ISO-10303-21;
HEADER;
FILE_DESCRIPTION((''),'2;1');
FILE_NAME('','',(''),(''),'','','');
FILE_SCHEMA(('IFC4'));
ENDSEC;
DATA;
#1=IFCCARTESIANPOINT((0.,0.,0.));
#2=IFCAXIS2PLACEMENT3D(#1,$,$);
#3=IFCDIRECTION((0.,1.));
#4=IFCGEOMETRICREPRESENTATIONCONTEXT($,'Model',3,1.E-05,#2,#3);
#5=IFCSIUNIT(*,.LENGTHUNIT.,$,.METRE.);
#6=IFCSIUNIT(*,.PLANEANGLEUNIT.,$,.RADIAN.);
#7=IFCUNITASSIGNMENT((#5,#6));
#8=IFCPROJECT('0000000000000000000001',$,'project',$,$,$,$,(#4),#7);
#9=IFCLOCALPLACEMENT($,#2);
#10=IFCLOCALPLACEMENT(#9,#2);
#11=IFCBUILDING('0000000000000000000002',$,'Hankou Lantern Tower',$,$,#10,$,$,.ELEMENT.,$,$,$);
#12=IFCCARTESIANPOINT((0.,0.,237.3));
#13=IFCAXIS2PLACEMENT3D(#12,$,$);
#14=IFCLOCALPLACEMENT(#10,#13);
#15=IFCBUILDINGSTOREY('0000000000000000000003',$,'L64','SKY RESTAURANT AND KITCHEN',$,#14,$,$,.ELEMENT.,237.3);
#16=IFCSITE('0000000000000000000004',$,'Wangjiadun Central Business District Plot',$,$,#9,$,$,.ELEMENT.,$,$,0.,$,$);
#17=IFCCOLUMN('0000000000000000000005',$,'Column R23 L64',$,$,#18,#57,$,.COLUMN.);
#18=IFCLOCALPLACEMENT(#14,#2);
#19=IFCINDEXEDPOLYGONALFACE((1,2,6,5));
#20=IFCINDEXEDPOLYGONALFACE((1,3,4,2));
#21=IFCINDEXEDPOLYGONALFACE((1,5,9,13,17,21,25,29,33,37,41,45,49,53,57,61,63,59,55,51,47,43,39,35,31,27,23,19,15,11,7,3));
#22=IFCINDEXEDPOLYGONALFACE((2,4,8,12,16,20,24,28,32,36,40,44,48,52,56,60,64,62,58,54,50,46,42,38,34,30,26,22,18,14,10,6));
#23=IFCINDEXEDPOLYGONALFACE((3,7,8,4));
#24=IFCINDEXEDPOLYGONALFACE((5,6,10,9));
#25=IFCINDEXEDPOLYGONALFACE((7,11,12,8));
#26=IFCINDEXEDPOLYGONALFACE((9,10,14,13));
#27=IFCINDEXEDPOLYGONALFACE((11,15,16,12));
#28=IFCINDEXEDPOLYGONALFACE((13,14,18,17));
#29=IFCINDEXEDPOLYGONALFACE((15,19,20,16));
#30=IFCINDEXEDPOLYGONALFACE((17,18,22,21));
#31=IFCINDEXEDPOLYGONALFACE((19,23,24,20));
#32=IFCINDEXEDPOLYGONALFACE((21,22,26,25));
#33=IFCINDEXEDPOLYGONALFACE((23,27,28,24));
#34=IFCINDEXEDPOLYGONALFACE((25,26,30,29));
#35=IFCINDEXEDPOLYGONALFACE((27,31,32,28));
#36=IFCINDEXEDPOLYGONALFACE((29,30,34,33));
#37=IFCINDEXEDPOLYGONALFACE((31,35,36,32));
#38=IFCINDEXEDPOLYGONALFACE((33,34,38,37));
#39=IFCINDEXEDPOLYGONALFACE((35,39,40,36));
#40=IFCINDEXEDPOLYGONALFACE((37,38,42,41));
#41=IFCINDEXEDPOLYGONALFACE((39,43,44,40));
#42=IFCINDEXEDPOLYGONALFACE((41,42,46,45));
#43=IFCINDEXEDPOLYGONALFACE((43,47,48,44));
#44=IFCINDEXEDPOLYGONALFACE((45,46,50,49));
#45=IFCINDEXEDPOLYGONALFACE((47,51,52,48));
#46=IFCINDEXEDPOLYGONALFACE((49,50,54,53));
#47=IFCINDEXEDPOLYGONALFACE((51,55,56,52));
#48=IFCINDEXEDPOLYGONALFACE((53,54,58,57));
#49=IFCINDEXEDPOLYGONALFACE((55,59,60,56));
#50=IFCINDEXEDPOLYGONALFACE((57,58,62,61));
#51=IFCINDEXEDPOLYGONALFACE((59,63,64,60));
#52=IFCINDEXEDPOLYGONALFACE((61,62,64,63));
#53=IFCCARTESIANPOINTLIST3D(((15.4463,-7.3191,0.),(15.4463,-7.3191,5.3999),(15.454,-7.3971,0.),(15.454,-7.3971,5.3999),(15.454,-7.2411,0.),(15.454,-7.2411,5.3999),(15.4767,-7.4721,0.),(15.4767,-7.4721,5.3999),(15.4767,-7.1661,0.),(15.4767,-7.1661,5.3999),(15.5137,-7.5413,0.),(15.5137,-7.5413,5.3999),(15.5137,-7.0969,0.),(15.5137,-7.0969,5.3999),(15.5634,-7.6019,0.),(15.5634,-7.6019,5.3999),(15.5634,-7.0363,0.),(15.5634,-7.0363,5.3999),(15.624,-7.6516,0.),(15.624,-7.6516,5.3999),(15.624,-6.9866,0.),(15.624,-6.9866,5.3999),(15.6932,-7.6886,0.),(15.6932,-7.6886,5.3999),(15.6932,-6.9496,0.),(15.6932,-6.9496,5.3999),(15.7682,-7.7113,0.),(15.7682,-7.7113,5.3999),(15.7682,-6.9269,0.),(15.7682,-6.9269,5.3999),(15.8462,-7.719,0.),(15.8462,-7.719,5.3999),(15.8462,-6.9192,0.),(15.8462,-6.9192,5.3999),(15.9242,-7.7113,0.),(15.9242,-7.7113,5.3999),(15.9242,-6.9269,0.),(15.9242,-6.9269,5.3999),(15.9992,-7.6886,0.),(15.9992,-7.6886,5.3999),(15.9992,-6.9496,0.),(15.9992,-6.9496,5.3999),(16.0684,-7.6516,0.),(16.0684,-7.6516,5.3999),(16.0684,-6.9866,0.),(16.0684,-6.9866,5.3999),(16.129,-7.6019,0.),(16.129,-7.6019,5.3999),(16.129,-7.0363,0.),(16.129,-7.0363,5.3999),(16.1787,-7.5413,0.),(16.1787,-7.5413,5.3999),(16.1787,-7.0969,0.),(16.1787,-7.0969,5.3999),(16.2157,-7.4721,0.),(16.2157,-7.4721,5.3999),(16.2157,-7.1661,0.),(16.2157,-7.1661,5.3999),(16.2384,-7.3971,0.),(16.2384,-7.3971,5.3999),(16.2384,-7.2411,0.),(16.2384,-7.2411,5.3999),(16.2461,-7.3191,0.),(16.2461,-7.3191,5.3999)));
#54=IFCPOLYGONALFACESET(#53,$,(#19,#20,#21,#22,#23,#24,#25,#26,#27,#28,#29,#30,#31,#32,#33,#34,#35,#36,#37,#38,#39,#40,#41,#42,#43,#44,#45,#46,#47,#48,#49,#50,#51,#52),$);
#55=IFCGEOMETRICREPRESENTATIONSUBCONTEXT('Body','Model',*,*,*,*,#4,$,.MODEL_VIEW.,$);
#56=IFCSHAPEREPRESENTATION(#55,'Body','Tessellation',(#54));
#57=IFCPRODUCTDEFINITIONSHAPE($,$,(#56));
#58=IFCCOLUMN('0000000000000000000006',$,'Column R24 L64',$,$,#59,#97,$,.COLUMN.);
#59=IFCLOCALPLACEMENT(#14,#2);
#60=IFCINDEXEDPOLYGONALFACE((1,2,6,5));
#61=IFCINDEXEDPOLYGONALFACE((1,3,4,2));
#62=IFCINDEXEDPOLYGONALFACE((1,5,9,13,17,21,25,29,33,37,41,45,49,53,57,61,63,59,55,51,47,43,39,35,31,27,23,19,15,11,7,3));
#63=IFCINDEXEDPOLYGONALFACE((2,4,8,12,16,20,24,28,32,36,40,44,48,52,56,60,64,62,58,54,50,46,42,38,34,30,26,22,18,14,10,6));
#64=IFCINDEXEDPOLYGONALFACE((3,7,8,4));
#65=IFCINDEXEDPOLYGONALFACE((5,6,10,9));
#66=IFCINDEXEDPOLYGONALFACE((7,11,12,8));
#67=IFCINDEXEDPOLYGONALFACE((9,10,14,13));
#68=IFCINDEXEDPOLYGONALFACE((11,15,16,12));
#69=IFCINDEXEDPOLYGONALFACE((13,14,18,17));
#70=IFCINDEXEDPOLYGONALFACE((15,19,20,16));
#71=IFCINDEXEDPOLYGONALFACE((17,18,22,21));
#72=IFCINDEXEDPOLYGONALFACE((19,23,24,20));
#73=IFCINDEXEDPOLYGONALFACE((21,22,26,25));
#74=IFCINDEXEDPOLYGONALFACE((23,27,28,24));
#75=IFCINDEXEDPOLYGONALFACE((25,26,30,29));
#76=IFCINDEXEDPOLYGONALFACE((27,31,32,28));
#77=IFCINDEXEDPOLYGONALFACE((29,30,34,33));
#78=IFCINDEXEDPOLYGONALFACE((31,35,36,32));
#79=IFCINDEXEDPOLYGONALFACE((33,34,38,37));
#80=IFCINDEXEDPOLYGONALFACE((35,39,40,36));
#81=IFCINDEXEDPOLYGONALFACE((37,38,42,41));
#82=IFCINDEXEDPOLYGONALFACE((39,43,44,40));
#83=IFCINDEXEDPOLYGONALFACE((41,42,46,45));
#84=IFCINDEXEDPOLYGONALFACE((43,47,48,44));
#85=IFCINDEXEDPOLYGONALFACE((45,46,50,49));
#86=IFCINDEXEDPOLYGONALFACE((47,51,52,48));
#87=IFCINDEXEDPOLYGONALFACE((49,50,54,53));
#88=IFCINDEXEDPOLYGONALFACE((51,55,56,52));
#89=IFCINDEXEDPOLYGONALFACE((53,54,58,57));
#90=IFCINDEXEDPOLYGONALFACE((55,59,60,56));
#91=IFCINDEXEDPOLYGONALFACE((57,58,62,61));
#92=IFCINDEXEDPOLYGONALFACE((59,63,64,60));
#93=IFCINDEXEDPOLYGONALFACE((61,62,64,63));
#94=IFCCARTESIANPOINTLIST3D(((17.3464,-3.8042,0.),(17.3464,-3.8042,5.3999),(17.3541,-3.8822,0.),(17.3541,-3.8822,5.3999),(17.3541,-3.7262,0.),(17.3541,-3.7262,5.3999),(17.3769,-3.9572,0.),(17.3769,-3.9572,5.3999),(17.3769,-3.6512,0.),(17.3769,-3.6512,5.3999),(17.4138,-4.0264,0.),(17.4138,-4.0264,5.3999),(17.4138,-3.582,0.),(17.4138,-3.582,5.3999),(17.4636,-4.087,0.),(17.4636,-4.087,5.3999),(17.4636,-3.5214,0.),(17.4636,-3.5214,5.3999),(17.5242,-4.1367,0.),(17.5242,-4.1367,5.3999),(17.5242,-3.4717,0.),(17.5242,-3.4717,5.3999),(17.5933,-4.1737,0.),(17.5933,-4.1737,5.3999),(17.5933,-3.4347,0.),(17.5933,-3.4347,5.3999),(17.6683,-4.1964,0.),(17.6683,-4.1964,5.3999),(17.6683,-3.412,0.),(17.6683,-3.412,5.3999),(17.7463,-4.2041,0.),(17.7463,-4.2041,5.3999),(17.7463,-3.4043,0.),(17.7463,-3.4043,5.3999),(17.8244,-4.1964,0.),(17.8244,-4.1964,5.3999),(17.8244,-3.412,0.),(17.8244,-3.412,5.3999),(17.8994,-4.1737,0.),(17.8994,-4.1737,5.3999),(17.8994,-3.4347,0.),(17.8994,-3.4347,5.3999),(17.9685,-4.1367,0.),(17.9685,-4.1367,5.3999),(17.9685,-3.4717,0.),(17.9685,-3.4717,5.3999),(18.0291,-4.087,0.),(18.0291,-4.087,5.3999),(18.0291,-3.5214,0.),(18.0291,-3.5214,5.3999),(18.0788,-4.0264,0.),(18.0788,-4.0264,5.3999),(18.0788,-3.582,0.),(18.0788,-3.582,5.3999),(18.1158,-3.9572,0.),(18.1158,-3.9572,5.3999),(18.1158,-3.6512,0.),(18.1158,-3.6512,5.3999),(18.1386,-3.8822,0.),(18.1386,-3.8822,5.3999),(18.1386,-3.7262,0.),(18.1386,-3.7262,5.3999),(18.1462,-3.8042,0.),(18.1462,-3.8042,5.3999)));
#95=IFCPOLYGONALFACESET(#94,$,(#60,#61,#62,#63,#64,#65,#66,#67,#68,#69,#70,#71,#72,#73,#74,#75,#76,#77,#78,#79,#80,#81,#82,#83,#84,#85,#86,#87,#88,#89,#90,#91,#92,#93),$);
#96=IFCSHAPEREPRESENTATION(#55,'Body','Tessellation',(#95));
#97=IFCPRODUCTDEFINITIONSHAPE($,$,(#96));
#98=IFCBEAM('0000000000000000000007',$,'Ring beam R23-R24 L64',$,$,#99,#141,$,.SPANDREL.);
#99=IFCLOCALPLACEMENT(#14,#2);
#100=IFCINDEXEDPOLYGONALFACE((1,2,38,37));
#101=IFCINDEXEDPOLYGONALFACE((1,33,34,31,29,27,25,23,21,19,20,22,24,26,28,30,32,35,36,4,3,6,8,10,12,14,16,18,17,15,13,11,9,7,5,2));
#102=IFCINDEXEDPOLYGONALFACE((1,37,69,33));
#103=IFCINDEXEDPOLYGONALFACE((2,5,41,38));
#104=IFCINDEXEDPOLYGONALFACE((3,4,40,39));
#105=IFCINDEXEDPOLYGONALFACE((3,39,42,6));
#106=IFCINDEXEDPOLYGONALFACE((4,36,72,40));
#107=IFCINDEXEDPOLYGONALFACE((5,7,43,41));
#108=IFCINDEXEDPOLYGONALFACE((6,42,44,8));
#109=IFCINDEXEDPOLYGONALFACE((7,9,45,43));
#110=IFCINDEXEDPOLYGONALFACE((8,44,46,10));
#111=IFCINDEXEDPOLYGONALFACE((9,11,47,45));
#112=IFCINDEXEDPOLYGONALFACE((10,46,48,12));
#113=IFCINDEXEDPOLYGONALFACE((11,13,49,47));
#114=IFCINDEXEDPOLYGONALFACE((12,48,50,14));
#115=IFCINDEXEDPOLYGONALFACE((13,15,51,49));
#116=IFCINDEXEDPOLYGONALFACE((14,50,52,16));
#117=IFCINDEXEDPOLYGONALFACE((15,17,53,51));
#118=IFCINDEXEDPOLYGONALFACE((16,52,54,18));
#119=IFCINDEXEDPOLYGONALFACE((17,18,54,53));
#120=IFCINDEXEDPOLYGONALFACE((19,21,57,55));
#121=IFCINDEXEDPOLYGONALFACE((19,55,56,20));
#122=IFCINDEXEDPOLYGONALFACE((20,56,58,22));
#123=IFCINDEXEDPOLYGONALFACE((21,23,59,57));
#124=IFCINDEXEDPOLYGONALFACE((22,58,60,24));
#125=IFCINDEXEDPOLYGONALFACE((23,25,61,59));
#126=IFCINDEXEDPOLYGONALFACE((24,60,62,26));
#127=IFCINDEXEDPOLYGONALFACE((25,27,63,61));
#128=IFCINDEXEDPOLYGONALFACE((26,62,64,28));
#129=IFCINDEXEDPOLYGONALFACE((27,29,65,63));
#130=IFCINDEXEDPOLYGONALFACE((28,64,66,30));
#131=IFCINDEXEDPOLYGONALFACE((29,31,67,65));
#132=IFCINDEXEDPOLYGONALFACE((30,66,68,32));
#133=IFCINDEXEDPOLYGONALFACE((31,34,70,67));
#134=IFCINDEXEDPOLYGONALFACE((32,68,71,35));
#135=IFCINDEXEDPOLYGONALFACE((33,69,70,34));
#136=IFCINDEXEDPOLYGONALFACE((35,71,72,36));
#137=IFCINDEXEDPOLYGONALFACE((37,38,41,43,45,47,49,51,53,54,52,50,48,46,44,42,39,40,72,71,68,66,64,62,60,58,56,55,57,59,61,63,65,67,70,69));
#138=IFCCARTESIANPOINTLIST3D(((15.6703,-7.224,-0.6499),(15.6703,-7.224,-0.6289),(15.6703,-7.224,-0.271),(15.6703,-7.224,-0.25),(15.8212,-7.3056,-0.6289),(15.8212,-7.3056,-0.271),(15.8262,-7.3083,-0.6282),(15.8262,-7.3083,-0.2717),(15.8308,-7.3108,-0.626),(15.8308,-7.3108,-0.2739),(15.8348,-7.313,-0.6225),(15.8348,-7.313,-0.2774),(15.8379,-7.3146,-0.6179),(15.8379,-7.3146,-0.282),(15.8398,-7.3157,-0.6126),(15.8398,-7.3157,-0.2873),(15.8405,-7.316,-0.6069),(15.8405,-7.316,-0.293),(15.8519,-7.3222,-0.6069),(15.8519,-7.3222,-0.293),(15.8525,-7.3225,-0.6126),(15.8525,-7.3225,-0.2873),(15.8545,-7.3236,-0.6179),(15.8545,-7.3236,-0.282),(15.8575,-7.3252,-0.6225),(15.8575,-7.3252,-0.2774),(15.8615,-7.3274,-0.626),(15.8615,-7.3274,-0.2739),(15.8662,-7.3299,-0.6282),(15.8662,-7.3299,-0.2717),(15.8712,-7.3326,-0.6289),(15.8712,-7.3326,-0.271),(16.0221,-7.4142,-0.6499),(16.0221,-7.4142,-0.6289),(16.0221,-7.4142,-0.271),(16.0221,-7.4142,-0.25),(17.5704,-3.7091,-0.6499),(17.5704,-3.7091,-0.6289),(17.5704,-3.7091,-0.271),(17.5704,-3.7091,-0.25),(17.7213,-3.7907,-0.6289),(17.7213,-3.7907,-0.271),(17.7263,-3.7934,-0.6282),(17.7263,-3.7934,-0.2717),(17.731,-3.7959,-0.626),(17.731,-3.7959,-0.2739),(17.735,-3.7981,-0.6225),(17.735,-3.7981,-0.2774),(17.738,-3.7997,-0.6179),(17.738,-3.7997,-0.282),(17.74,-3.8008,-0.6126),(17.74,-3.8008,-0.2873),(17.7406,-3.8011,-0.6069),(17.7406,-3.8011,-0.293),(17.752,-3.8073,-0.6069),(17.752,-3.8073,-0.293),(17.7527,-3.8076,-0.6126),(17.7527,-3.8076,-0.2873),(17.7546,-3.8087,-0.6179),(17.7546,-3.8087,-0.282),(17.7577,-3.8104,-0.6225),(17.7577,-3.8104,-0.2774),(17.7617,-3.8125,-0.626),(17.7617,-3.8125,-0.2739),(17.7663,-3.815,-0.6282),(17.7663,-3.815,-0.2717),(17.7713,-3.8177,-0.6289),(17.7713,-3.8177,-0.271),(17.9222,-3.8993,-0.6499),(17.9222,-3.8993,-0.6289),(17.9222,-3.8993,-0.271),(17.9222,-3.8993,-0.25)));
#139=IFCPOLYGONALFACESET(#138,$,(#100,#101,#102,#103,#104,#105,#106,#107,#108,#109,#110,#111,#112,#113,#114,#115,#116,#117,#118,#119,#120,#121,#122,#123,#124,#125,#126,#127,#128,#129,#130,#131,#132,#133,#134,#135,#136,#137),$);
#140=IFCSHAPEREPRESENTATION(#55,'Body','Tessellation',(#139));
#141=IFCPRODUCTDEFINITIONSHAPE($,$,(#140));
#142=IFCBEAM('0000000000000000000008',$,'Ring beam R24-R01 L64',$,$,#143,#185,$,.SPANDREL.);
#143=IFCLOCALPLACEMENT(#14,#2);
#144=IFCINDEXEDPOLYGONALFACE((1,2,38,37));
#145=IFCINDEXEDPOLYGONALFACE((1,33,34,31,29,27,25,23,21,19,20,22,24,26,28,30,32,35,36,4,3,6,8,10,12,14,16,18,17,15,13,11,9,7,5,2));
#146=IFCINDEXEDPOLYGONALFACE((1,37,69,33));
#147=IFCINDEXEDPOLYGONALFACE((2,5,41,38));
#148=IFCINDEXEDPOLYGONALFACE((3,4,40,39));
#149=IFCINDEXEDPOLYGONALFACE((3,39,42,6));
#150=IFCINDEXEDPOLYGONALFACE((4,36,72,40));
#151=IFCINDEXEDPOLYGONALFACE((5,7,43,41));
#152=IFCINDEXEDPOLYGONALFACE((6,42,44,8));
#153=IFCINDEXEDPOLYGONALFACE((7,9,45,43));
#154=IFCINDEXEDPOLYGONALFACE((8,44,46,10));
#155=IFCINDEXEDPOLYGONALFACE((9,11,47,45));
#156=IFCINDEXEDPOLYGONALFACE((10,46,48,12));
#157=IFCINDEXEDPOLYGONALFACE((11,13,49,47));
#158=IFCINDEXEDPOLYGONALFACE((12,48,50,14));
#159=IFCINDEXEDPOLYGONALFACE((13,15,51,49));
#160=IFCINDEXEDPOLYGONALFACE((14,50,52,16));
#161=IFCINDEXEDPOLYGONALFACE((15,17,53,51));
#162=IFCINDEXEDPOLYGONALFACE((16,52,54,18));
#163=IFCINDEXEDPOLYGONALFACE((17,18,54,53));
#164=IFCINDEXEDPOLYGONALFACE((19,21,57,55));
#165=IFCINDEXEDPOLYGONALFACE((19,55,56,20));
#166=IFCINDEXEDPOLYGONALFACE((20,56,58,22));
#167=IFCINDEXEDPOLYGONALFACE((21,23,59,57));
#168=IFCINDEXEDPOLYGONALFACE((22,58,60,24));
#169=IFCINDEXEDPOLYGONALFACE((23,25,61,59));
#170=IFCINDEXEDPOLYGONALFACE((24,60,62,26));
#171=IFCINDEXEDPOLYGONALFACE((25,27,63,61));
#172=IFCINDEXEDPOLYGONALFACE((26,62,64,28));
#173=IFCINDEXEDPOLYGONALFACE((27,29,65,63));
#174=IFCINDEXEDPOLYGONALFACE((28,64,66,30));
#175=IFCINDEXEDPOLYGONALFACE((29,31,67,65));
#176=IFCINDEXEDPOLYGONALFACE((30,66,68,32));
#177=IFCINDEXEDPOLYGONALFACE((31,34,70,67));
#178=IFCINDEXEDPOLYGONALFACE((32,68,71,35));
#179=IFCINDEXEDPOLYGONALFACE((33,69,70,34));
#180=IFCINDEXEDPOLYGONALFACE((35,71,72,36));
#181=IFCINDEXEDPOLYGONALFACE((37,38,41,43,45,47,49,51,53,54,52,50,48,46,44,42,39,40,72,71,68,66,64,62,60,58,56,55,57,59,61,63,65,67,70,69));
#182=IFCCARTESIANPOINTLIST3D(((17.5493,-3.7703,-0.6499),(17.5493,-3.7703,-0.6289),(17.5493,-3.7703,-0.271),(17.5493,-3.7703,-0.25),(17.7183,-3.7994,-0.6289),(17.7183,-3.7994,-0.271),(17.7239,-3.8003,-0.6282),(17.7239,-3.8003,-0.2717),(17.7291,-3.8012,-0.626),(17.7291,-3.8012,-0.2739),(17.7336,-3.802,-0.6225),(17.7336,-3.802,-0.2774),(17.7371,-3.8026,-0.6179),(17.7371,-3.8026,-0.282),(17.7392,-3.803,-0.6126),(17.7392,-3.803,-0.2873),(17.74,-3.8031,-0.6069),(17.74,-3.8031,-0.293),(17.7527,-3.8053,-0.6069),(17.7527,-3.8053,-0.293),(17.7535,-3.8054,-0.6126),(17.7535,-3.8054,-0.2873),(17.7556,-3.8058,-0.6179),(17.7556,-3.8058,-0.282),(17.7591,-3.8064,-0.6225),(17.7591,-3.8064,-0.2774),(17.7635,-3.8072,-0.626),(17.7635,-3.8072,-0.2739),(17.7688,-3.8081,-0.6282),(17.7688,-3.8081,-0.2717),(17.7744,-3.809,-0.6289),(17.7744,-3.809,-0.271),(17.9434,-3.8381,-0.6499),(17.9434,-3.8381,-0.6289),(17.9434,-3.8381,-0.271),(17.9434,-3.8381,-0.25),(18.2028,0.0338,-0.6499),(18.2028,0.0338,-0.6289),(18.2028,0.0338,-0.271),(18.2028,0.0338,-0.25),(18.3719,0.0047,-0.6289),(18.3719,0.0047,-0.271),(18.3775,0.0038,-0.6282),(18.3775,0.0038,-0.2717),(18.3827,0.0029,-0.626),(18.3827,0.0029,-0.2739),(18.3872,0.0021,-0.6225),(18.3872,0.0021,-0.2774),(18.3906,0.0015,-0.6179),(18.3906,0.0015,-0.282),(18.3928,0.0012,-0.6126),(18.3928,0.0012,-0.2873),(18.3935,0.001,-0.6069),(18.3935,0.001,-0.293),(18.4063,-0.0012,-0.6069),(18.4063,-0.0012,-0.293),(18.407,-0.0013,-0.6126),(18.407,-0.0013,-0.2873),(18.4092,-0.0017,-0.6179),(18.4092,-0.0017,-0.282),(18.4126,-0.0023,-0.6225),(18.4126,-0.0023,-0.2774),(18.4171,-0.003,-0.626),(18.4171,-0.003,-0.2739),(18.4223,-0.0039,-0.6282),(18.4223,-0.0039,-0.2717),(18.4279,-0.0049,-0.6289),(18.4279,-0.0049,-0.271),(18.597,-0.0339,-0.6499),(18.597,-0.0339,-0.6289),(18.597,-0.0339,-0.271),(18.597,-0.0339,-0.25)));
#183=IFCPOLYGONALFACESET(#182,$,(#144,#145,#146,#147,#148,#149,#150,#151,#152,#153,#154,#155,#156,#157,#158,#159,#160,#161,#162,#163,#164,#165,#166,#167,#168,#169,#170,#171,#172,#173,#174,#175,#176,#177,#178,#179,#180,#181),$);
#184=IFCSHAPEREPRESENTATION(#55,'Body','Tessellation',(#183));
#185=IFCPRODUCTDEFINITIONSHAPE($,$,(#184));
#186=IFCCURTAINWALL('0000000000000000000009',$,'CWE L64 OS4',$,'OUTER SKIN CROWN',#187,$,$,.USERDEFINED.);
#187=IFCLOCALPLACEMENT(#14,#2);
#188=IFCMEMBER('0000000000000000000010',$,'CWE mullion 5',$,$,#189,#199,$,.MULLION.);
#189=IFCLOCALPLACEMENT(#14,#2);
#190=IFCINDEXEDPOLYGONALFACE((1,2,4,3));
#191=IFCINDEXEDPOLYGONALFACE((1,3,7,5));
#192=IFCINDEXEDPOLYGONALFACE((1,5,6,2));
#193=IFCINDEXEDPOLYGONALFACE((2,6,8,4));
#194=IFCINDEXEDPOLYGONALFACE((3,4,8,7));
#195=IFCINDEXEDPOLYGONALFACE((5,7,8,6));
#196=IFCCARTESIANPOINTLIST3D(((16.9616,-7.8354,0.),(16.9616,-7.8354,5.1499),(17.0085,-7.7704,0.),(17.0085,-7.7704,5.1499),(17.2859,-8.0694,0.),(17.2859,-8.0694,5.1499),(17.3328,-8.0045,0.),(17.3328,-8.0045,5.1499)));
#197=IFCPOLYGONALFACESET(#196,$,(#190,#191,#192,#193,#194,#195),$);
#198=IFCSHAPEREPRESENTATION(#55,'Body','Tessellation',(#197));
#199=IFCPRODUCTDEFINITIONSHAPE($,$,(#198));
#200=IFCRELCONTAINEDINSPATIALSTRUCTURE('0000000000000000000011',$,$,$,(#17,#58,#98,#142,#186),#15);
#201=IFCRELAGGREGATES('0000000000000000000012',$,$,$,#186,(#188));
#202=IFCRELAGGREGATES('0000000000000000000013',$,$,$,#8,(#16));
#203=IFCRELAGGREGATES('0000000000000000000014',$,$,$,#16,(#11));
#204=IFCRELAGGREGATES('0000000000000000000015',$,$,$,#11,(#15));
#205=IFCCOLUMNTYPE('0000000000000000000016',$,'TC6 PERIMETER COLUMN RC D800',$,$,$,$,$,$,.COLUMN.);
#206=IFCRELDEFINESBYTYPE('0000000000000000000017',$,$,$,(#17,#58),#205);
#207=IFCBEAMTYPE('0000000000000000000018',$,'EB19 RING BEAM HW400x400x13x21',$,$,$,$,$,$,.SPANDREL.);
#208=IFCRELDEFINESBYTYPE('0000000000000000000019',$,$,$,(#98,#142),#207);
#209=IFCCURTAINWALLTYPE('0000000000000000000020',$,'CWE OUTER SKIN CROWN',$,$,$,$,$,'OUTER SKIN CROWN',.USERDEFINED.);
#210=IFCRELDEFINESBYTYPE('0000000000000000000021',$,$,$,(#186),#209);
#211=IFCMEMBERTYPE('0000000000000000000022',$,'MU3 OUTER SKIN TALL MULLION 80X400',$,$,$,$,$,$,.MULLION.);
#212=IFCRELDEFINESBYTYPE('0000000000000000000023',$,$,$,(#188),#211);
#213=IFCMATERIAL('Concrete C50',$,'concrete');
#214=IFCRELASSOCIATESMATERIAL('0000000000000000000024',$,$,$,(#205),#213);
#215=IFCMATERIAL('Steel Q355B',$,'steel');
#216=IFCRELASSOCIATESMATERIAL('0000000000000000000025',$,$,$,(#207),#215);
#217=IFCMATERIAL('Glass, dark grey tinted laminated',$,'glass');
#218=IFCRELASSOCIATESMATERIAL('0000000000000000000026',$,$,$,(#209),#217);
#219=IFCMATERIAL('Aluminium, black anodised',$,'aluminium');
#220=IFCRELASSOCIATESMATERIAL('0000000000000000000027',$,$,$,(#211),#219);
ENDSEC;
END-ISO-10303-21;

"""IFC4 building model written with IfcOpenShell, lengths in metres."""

from ifc_helpers import new_model, si_unit, direction, frame, origin, origin_2d, place, context, subcontext, project, spatial, rectangle, circle, i_section, extrude, material, material_profile, profile_set, type_object, element, aggregate, save


model = new_model("IFC4")

# Units and contexts
model_context = context("Model", 3, precision=1e-05, world=origin(), true_north=direction((0.0, 1.0)))
body_context = subcontext(model_context, "Body", "Model", "MODEL_VIEW")
ifc_project = project(units=[si_unit("LENGTHUNIT", "METRE"), si_unit("PLANEANGLEUNIT", "RADIAN")], contexts=[model_context])

# Site, building, storey
site_placement = place(None, origin())
site = spatial("IfcSite", under=ifc_project, at=site_placement, Name="Wangjiadun Central Business District Plot", CompositionType="ELEMENT", RefElevation=0.0)
building_placement = place(site_placement, origin())
building = spatial("IfcBuilding", under=site, at=building_placement, Name="Hankou Lantern Tower", CompositionType="ELEMENT")
storey_placement = place(building_placement, frame((0.0, 0.0, 237.3)))
storey = spatial("IfcBuildingStorey", under=building, at=storey_placement, Name="L64", Description="SKY RESTAURANT AND KITCHEN", CompositionType="ELEMENT", Elevation=237.3)

# Columns
ifc_material_1 = material(Name="Concrete C50", Category="concrete")
ifc_material_profile_1 = material_profile(ifc_material_1, circle(Radius=0.3999, at=origin_2d()), Name="RC D800")
ifc_profile_set_1 = profile_set([ifc_material_profile_1], Name="Concrete C50")
column_type = type_object("IfcColumnType", Name="TC6 PERIMETER COLUMN RC D800", PredefinedType="COLUMN", material=ifc_profile_set_1)
for number, where, z_axis, x_axis, name in (
    (1, (15.8462, -7.3191, 0.0), (0.0, 0.0, 1.0), (1.0, 0.0, 0.0), "Column R23 L64"),
    (2, (17.7463, -3.8042, 0.0), (0.0, 0.0, 1.0), (1.0, 0.0, 0.0), "Column R24 L64"),
):
    element("IfcColumn", number, at=place(storey_placement, frame(where, z_axis=z_axis, x_axis=x_axis)), inside=storey, type_object=column_type, Name=name, PredefinedType="COLUMN", context=body_context, shape_type="SweptSolid", body=[
        extrude(circle(Radius=0.3999, at=origin_2d()), origin(), (0.0, 0.0, 1.0), 5.3999),
    ])

# Beams
ifc_material_2 = material(Name="Steel Q355B", Category="steel")
ifc_material_profile_2 = material_profile(ifc_material_2, i_section(OverallWidth=0.3999, OverallDepth=0.3999, WebThickness=0.0129, FlangeThickness=0.021, FilletRadius=0.022, at=origin_2d()), Name="HW400x400x13x21")
ifc_profile_set_2 = profile_set([ifc_material_profile_2], Name="Steel Q355B")
beam_type_1 = type_object("IfcBeamType", Name="EB19 RING BEAM HW400x400x13x21", PredefinedType="SPANDREL", material=ifc_profile_set_2)
beam_1_placement = place(storey_placement, frame((15.8462, -7.3191, -0.45), z_axis=(0.475557, 0.879685, 0.0), x_axis=(-0.879685, 0.475557, 0.0)))
element("IfcBeam", 3, at=beam_1_placement, inside=storey, type_object=beam_type_1, Name="Ring beam R23-R24 L64", PredefinedType="SPANDREL", context=body_context, shape_type="SweptSolid", body=[
    extrude(i_section(OverallWidth=0.3999, OverallDepth=0.3999, WebThickness=0.0129, FlangeThickness=0.021, FilletRadius=0.022, at=origin_2d()), origin(), (0.0, 0.0, 1.0), 3.9956),
])
beam_2_placement = place(storey_placement, frame((17.7463, -3.8042, -0.45), z_axis=(0.16932, 0.985561, 0.0), x_axis=(-0.985561, 0.16932, 0.0)))
element("IfcBeam", 4, at=beam_2_placement, inside=storey, type_object=beam_type_1, Name="Ring beam R24-R01 L64", PredefinedType="SPANDREL", context=body_context, shape_type="SweptSolid", body=[
    extrude(i_section(OverallWidth=0.3999, OverallDepth=0.3999, WebThickness=0.0129, FlangeThickness=0.021, FilletRadius=0.022, at=origin_2d()), origin(), (0.0, 0.0, 1.0), 3.8599),
])

# Curtain wall, member
ifc_material_3 = material(Name="Glass, dark grey tinted laminated", Category="glass")
curtain_wall_type = type_object("IfcCurtainWallType", Name="CWE OUTER SKIN CROWN", ElementType="OUTER SKIN CROWN", PredefinedType="USERDEFINED", material=ifc_material_3)
curtain_wall_placement = place(storey_placement, origin())
curtain_wall = element("IfcCurtainWall", 5, at=curtain_wall_placement, inside=storey, type_object=curtain_wall_type, Name="CWE L64 OS4", ObjectType="OUTER SKIN CROWN", PredefinedType="USERDEFINED")
ifc_material_4 = material(Name="Aluminium, black anodised", Category="aluminium")
ifc_material_profile_3 = material_profile(ifc_material_4, rectangle(XDim=0.0801, YDim=0.3999, at=origin_2d()), Name="MU3 80X400")
ifc_profile_set_3 = profile_set([ifc_material_profile_3], Name="Aluminium, black anodised")
member_type_1 = type_object("IfcMemberType", Name="MU3 OUTER SKIN TALL MULLION 80X400", PredefinedType="MULLION", material=ifc_profile_set_3)
member_1_placement = place(storey_placement, frame((17.1472, -7.9199, 0.0), z_axis=(0.0, 0.0, 1.0), x_axis=(0.585206, 0.810885, 0.0)))
member_1 = element("IfcMember", 6, at=member_1_placement, type_object=member_type_1, Name="CWE mullion 5", PredefinedType="MULLION", context=body_context, shape_type="SweptSolid", body=[
    extrude(rectangle(XDim=0.0801, YDim=0.3999, at=origin_2d()), origin(), (0.0, 0.0, 1.0), 5.1499),
])

aggregate(curtain_wall, [member_1])

save(model, "model.ifc")
